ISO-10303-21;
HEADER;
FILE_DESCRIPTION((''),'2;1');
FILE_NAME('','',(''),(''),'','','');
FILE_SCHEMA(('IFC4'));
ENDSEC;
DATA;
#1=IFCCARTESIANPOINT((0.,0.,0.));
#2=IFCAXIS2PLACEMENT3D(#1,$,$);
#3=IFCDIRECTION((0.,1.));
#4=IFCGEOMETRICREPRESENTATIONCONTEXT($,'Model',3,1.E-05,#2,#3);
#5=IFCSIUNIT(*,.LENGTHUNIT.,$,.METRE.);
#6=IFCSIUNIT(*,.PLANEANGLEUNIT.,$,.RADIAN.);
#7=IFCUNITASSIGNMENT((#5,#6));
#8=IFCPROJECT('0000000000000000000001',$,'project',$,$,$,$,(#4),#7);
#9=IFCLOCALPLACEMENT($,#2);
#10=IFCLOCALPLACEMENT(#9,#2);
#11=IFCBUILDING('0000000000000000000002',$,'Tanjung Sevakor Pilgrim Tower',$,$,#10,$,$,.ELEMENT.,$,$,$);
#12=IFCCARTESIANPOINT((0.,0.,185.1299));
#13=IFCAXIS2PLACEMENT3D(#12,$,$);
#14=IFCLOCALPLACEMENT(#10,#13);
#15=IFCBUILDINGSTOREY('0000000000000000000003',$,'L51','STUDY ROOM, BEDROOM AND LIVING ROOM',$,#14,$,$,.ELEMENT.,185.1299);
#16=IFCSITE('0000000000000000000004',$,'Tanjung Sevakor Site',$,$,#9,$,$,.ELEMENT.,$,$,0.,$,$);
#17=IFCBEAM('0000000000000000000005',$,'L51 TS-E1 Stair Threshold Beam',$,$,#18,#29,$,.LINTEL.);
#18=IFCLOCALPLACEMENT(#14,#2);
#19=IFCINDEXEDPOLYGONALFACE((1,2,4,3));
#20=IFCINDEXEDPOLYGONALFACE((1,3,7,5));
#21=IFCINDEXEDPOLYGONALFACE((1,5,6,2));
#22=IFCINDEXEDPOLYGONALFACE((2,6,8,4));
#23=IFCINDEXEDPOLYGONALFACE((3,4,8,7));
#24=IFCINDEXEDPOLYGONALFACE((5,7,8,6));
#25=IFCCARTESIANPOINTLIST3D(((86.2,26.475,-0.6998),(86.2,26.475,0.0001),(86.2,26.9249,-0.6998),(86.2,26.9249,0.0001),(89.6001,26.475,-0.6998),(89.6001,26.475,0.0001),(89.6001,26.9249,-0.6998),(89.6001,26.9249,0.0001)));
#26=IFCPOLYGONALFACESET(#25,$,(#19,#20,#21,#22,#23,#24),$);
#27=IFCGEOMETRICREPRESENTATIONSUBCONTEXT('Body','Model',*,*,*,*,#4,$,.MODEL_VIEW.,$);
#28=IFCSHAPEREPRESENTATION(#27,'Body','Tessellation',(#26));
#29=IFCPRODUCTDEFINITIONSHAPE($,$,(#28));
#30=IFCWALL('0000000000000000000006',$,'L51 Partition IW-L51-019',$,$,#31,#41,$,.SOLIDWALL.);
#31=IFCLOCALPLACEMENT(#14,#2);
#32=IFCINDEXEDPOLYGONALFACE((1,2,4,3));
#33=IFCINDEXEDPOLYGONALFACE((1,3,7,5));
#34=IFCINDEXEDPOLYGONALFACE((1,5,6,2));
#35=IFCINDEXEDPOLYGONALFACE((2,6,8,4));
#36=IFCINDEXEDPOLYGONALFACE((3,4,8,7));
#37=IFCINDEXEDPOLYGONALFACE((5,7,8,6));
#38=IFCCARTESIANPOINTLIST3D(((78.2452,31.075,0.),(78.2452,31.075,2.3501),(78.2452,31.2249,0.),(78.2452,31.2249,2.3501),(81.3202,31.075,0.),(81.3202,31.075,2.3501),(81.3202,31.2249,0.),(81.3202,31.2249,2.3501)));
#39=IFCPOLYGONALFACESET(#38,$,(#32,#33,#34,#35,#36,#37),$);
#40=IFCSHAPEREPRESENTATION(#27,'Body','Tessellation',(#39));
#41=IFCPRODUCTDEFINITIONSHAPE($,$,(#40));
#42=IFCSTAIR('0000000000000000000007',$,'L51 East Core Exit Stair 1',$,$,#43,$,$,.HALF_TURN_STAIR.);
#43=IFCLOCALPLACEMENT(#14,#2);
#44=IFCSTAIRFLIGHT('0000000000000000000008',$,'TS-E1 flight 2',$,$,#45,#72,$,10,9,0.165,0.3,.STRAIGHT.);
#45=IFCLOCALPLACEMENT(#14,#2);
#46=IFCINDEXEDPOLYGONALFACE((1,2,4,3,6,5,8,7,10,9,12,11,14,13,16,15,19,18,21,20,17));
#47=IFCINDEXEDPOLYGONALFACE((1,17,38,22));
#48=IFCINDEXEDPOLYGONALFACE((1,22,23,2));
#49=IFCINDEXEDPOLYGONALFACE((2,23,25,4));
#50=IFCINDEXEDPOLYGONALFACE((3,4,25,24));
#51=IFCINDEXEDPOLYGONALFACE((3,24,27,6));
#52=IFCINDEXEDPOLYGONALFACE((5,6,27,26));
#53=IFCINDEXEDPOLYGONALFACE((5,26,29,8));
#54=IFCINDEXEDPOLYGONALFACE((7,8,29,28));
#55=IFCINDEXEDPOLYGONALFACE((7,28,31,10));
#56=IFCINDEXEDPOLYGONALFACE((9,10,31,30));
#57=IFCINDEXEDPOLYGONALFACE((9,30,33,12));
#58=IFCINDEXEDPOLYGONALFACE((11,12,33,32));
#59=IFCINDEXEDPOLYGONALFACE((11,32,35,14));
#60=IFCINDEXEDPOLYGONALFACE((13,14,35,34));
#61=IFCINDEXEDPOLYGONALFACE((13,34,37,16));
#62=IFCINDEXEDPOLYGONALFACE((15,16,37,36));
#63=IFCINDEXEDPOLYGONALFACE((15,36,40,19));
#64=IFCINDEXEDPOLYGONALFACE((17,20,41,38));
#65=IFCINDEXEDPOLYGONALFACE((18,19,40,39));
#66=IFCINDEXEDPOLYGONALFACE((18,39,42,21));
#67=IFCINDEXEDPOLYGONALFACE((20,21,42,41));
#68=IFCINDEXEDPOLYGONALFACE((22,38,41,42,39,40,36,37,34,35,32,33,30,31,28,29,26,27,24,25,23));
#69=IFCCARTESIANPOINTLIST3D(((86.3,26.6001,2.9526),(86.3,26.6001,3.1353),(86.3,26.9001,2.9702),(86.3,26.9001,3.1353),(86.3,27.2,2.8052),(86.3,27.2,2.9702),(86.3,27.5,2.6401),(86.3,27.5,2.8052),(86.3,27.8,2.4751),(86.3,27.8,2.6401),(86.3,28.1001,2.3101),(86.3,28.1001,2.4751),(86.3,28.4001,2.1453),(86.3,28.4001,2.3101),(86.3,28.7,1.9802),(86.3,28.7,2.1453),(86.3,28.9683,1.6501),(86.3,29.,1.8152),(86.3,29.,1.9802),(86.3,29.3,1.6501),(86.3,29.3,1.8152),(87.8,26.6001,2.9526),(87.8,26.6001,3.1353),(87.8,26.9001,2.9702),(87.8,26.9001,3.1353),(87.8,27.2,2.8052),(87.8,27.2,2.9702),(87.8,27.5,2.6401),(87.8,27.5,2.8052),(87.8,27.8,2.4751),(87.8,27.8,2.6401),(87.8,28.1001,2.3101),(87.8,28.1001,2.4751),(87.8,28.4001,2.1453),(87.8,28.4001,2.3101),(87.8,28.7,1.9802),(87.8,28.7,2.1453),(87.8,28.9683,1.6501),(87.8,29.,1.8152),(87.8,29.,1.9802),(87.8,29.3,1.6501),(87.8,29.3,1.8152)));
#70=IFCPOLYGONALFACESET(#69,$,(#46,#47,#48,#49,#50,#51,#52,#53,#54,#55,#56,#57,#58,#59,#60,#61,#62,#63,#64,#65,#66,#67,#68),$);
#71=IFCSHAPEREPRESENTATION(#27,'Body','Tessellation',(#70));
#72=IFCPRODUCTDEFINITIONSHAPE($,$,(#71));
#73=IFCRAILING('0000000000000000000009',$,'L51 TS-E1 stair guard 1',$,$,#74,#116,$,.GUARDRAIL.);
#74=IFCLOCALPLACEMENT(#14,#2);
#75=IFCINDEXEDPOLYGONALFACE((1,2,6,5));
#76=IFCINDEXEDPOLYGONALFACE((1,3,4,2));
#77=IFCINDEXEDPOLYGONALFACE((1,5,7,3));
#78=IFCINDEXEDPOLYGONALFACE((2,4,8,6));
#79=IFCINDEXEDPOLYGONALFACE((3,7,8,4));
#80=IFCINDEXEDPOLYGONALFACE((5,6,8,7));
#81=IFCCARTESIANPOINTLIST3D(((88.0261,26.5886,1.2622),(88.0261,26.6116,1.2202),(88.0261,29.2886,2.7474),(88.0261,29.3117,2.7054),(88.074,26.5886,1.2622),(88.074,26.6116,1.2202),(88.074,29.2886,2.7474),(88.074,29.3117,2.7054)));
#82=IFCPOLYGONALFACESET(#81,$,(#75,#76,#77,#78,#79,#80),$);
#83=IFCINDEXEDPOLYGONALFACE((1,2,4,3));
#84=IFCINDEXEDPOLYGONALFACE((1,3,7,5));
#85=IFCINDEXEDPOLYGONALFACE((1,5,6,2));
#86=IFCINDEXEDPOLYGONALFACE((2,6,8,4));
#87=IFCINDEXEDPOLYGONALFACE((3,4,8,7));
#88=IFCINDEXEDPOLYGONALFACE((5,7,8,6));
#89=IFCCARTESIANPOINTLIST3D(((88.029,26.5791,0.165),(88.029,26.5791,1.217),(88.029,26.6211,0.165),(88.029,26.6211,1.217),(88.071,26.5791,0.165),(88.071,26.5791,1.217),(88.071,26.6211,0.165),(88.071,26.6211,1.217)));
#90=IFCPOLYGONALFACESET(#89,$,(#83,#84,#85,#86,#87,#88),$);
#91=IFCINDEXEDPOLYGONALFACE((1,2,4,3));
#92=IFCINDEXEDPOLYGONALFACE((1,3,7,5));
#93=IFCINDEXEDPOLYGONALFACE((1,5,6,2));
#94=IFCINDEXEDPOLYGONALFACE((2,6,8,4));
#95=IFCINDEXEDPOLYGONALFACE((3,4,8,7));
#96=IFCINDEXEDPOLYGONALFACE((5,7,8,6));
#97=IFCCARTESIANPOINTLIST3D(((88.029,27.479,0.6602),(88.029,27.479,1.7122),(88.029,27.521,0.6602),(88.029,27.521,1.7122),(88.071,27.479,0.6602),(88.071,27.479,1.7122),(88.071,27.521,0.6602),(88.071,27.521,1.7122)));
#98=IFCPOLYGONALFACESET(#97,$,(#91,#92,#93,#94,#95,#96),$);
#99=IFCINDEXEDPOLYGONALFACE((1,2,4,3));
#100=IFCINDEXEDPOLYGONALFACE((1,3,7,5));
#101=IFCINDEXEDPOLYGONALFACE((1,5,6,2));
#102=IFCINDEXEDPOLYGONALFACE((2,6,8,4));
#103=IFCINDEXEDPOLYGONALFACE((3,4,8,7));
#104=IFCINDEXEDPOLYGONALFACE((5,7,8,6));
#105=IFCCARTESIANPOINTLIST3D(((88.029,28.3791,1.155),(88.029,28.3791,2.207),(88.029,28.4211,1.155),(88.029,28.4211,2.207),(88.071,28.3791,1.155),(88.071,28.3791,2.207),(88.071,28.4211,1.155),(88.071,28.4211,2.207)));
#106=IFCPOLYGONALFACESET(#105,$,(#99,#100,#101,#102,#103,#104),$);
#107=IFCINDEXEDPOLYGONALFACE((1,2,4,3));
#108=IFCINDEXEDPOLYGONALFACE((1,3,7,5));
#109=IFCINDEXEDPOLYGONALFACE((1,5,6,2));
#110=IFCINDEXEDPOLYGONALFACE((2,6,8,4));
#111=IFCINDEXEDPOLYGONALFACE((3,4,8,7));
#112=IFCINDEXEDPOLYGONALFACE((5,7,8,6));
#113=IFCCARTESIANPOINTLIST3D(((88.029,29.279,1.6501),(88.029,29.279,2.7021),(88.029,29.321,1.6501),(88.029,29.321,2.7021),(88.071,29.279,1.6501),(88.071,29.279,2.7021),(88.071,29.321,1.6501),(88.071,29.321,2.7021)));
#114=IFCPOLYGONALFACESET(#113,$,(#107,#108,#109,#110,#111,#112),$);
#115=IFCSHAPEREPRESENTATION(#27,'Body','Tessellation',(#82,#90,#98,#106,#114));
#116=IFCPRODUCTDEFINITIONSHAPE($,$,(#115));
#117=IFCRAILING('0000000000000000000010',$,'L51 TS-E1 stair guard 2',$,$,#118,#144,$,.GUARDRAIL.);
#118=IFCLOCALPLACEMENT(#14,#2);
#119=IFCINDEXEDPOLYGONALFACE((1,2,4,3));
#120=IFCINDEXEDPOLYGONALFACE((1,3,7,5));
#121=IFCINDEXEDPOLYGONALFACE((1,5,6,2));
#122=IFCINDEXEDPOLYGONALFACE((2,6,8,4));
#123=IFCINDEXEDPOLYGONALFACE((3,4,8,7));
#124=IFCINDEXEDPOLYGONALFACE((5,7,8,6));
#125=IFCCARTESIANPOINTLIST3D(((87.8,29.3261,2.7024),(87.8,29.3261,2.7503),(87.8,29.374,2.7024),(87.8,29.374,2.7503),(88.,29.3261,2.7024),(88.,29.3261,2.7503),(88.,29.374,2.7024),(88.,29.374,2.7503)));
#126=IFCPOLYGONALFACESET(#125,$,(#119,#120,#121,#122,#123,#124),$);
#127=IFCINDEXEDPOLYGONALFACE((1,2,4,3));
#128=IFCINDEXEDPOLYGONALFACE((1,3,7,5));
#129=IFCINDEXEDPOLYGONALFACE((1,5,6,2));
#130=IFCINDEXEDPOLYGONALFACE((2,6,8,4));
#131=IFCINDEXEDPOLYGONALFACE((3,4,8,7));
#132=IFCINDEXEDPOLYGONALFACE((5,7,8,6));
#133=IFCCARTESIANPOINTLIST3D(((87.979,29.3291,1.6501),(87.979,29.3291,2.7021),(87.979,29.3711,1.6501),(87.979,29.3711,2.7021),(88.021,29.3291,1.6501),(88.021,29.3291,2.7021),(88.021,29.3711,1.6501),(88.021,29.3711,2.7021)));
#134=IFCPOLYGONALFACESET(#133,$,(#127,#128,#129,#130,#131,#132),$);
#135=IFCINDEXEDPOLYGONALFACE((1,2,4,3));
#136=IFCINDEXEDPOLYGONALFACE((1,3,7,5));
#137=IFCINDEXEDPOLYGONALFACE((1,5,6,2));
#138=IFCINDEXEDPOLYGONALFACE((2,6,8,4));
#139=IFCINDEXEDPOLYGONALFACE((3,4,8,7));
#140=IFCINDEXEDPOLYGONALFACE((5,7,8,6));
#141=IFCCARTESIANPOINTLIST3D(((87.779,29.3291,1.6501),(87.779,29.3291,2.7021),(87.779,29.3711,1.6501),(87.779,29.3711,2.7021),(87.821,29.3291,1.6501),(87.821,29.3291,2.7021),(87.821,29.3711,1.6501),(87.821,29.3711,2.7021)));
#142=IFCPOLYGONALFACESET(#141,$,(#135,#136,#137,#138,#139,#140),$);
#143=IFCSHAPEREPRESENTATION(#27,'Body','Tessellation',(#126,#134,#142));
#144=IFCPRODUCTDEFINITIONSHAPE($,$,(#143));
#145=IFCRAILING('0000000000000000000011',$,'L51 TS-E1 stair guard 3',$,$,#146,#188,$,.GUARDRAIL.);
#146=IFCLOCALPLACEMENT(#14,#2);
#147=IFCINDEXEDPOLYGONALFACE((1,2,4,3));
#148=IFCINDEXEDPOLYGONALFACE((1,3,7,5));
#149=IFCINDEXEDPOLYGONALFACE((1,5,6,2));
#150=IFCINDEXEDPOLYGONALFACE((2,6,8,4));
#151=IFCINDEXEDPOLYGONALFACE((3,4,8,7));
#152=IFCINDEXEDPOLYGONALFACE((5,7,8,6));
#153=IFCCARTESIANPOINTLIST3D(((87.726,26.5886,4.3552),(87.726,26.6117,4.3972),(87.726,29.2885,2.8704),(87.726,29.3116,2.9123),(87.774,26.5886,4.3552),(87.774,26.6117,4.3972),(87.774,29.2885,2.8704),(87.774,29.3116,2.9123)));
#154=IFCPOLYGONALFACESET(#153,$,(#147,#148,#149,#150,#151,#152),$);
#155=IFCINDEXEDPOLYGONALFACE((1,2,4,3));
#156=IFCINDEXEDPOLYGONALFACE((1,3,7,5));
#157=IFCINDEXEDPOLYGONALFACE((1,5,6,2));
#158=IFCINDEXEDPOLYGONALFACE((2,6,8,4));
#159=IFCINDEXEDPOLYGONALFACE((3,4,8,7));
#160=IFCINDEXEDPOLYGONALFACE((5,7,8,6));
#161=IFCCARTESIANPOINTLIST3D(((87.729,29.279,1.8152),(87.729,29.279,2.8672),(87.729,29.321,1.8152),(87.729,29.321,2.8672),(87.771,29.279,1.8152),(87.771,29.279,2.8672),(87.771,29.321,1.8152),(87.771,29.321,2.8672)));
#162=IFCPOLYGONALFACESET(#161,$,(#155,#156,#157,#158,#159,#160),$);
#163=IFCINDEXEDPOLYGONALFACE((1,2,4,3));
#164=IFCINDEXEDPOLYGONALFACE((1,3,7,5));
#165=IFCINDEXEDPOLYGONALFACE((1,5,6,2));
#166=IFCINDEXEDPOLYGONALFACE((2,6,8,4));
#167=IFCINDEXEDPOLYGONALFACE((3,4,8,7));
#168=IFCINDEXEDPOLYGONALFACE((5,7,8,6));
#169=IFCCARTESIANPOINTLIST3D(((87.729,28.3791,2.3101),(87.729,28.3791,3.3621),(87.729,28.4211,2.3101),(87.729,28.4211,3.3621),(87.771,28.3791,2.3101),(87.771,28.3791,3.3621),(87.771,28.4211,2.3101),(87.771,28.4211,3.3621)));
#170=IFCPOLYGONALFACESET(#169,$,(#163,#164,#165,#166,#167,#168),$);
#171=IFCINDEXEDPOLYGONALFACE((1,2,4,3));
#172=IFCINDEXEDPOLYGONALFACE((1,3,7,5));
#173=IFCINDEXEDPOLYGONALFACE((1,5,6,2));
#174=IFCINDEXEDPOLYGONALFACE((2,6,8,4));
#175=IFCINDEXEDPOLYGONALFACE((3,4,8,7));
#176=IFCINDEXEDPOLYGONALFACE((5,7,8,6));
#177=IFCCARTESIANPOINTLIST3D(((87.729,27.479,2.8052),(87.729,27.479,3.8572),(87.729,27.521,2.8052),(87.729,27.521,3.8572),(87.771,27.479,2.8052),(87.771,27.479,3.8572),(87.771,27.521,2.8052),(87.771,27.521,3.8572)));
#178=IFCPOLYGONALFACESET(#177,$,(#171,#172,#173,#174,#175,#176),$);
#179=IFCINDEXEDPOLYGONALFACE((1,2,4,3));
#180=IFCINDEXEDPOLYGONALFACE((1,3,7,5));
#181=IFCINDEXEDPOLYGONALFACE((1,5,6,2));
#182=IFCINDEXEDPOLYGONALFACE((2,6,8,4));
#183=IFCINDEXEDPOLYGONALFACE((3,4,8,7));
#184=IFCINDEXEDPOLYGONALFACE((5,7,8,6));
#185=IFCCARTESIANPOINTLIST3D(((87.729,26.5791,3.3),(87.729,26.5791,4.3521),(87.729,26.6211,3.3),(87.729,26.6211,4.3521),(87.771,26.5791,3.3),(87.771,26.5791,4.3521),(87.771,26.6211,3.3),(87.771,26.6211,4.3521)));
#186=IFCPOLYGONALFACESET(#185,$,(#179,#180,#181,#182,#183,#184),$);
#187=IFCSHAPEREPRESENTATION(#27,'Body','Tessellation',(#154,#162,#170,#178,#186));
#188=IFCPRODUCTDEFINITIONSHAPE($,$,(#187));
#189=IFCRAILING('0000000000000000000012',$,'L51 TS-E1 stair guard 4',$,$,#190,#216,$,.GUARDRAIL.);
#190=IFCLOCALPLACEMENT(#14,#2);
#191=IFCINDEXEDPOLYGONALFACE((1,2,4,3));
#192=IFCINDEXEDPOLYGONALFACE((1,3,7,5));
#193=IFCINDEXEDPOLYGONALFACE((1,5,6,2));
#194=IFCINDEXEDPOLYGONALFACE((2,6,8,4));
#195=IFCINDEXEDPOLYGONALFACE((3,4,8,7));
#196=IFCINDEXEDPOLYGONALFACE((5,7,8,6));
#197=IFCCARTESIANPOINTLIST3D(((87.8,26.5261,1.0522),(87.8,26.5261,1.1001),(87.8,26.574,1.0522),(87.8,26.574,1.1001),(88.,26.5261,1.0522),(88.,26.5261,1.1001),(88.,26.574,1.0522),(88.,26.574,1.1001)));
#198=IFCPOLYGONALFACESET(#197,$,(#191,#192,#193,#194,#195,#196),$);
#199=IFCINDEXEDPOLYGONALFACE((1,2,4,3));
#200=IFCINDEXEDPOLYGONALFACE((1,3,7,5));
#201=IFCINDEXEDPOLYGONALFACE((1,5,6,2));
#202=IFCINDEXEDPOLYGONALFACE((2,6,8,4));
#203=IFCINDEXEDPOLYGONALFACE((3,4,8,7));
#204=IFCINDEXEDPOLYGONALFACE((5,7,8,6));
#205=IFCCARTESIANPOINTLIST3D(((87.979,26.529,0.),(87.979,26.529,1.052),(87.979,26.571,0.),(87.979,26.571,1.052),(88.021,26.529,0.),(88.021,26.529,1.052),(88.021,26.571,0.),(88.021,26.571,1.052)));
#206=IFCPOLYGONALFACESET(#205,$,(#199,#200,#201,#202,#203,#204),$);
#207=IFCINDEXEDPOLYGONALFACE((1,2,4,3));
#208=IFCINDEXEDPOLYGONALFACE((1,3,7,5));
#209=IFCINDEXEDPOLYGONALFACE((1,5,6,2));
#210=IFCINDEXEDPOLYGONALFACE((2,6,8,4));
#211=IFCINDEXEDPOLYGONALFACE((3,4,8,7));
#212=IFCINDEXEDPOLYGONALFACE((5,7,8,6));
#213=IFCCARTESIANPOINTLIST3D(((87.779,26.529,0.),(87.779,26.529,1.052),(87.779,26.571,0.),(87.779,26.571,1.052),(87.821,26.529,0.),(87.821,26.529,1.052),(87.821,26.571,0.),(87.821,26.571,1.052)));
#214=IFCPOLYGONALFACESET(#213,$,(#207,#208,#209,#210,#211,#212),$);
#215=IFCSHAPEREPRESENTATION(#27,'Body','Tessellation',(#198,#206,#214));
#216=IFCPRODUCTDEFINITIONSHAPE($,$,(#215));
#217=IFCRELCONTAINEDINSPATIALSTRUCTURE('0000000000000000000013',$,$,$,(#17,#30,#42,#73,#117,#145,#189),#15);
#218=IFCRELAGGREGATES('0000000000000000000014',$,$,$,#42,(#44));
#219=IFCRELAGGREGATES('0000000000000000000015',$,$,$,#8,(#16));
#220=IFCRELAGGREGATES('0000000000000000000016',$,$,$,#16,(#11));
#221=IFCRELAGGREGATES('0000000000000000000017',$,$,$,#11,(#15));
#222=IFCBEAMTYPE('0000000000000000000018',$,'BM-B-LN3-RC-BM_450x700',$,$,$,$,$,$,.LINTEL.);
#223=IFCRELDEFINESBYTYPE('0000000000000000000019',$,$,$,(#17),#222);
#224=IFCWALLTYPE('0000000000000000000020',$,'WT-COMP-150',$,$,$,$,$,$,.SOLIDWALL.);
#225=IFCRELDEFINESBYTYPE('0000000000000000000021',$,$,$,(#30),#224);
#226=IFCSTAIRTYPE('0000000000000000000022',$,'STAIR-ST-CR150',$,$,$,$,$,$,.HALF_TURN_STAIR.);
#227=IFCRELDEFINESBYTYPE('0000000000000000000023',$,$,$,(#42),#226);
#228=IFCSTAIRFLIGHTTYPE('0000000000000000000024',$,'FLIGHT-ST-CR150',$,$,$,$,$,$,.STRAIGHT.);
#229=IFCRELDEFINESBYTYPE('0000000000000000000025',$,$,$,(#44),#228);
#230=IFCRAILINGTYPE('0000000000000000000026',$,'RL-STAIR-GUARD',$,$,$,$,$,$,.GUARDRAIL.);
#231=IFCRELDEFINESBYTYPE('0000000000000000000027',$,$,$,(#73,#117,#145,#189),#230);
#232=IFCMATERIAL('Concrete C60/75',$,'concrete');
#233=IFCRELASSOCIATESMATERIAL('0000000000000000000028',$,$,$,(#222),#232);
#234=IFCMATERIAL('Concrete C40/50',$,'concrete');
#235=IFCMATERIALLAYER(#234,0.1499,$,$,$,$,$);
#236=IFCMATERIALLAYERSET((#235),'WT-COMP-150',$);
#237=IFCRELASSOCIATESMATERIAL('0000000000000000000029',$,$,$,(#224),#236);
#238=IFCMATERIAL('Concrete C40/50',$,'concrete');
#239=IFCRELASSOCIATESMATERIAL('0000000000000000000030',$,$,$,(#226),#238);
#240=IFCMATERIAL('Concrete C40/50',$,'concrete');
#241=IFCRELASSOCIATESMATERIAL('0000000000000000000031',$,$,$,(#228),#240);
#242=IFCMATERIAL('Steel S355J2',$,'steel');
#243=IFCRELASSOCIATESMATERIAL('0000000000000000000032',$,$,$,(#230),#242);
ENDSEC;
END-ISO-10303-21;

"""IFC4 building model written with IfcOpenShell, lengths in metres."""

from ifc_helpers import new_model, si_unit, direction, frame, frame_2d, origin, origin_2d, place, context, subcontext, project, spatial, polyline, rectangle, outline, extrude, material, layer, layer_set, material_profile, profile_set, type_object, element, aggregate, save


model = new_model("IFC4")

# Units and contexts
model_context = context("Model", 3, precision=1e-05, world=origin(), true_north=direction((0.0, 1.0)))
body_context = subcontext(model_context, "Body", "Model", "MODEL_VIEW")
ifc_project = project(units=[si_unit("LENGTHUNIT", "METRE"), si_unit("PLANEANGLEUNIT", "RADIAN")], contexts=[model_context])

# Site, building, storey
site_placement = place(None, origin())
site = spatial("IfcSite", under=ifc_project, at=site_placement, Name="Tanjung Sevakor Site", CompositionType="ELEMENT", RefElevation=0.0)
building_placement = place(site_placement, origin())
building = spatial("IfcBuilding", under=site, at=building_placement, Name="Tanjung Sevakor Pilgrim Tower", CompositionType="ELEMENT")
storey_placement = place(building_placement, frame((0.0, 0.0, 185.1299)))
storey = spatial("IfcBuildingStorey", under=building, at=storey_placement, Name="L51", Description="STUDY ROOM, BEDROOM AND LIVING ROOM", CompositionType="ELEMENT", Elevation=185.1299)

# Beam
ifc_material_1 = material(Name="Concrete C60/75", Category="concrete")
ifc_material_profile = material_profile(ifc_material_1, rectangle(XDim=0.45, YDim=0.7, at=origin_2d()))
ifc_profile_set = profile_set([ifc_material_profile], Name="Concrete C60/75")
beam_type = type_object("IfcBeamType", Name="BM-B-LN3-RC-BM_450x700", PredefinedType="LINTEL", material=ifc_profile_set)
beam_placement = place(storey_placement, frame((86.2, 26.7, -0.3499), z_axis=(1.0, 0.0, 0.0), x_axis=(0.0, 1.0, 0.0)))
element("IfcBeam", 1, at=beam_placement, inside=storey, type_object=beam_type, Name="L51 TS-E1 Stair Threshold Beam", PredefinedType="LINTEL", context=body_context, shape_type="SweptSolid", body=[
    extrude(rectangle(XDim=0.45, YDim=0.7, at=origin_2d()), origin(), (0.0, 0.0, 1.0), 3.4001),
])

# Shared definitions
ifc_material_2 = material(Name="Concrete C40/50", Category="concrete")
ifc_layer_1 = layer(ifc_material_2, 0.1499)
ifc_layer_set_1 = layer_set([ifc_layer_1], Name="WT-COMP-150")
wall_type_1 = type_object("IfcWallType", Name="WT-COMP-150", PredefinedType="SOLIDWALL", material=ifc_layer_set_1)

# Wall
wall_1_placement = place(storey_placement, frame((78.2451, 31.1499, 0.0), z_axis=(0.0, 0.0, 1.0), x_axis=(1.0, 0.0, 0.0)))
element("IfcWall", 2, at=wall_1_placement, inside=storey, type_object=wall_type_1, Name="L51 Partition IW-L51-019", PredefinedType="SOLIDWALL", context=body_context, shape_type="SweptSolid", body=[
    extrude(rectangle(XDim=3.075, YDim=0.1499, at=frame_2d((1.5376, 0.0))), origin(), (0.0, 0.0, 1.0), 2.3501),
])

# Stair, stair flight
ifc_material_3 = material(Name="Concrete C40/50", Category="concrete")
stair_type = type_object("IfcStairType", Name="STAIR-ST-CR150", PredefinedType="HALF_TURN_STAIR", material=ifc_material_3)
stair_placement = place(storey_placement, origin())
stair = element("IfcStair", 3, at=stair_placement, inside=storey, type_object=stair_type, Name="L51 East Core Exit Stair 1", PredefinedType="HALF_TURN_STAIR")
ifc_material_4 = material(Name="Concrete C40/50", Category="concrete")
stair_flight_type = type_object("IfcStairFlightType", Name="FLIGHT-ST-CR150", PredefinedType="STRAIGHT", material=ifc_material_4)
stair_flight_placement = place(storey_placement, frame((87.05, 29.3, 1.6501), z_axis=(0.0, 0.0, 1.0), x_axis=(0.0, -1.0, 0.0)))
stair_flight = element("IfcStairFlight", 4, at=stair_flight_placement, type_object=stair_flight_type, Name="TS-E1 flight 2", NumberOfRisers=10, NumberOfTreads=9, PredefinedType="STRAIGHT", RiserHeight=0.165, TreadLength=0.3, context=body_context, shape_type="SweptSolid", body=[
    extrude(outline(polyline([(0.0, 0.0), (0.0, 0.165), (0.3, 0.165), (0.3, 0.3301), (0.6001, 0.3301), (0.6001, 0.4951), (0.8999, 0.4951), (0.8999, 0.6599), (1.2, 0.6599), (1.2, 0.825), (1.5, 0.825), (1.5, 0.99), (1.8, 0.99), (1.8, 1.155), (2.1001, 1.155), (2.1001, 1.3201), (2.3999, 1.3201), (2.3999, 1.4851), (2.7, 1.4851), (2.7, 1.6499), (2.7, 1.3025), (0.3318, 0.0), (0.0, 0.0)])), frame((0.0, 0.75, 0.0), z_axis=(0.0, -1.0, 0.0), x_axis=(1.0, 0.0, 0.0)), (0.0, 0.0, 1.0), 1.5),
])
aggregate(stair, [stair_flight])

# Railings
ifc_material_5 = material(Name="Steel S355J2", Category="steel")
railing_type_1 = type_object("IfcRailingType", Name="RL-STAIR-GUARD", PredefinedType="GUARDRAIL", material=ifc_material_5)
railing_1_placement = place(storey_placement, frame((88.05, 26.6001, 0.165)))
element("IfcRailing", 5, at=railing_1_placement, inside=storey, type_object=railing_type_1, Name="L51 TS-E1 stair guard 1", PredefinedType="GUARDRAIL", context=body_context, shape_type="SweptSolid", body=[
    extrude(rectangle(XDim=0.0479, YDim=0.0479), frame((0.0, 0.0, 1.0762), z_axis=(0.0, 0.876198, 0.481952), x_axis=(-1.0, 0.0, 0.0)), (0.0, 0.0, 1.0), 3.0815),
    extrude(rectangle(XDim=0.042, YDim=0.042), origin(), (0.0, 0.0, 1.0), 1.052),
    extrude(rectangle(XDim=0.042, YDim=0.042), frame((0.0, 0.8999, 0.4951)), (0.0, 0.0, 1.0), 1.052),
    extrude(rectangle(XDim=0.042, YDim=0.042), frame((0.0, 1.8, 0.99)), (0.0, 0.0, 1.0), 1.052),
    extrude(rectangle(XDim=0.042, YDim=0.042), frame((0.0, 2.7, 1.4851)), (0.0, 0.0, 1.0), 1.052),
])
railing_2_placement = place(storey_placement, frame((88.0, 29.3501, 1.6501)))
element("IfcRailing", 6, at=railing_2_placement, inside=storey, type_object=railing_type_1, Name="L51 TS-E1 stair guard 2", PredefinedType="GUARDRAIL", context=body_context, shape_type="SweptSolid", body=[
    extrude(rectangle(XDim=0.0479, YDim=0.0479), frame((0.0, 0.0, 1.0762), z_axis=(-1.0, 0.0, 0.0), x_axis=(0.0, -1.0, 0.0)), (0.0, 0.0, 1.0), 0.2),
    extrude(rectangle(XDim=0.042, YDim=0.042), origin(), (0.0, 0.0, 1.0), 1.052),
    extrude(rectangle(XDim=0.042, YDim=0.042), frame((-0.2, 0.0, 0.0)), (0.0, 0.0, 1.0), 1.052),
])
railing_3_placement = place(storey_placement, frame((87.75, 29.3, 1.8152)))
element("IfcRailing", 7, at=railing_3_placement, inside=storey, type_object=railing_type_1, Name="L51 TS-E1 stair guard 3", PredefinedType="GUARDRAIL", context=body_context, shape_type="SweptSolid", body=[
    extrude(rectangle(XDim=0.0479, YDim=0.0479), frame((0.0, 0.0, 1.0762), z_axis=(0.0, -0.876231, 0.481891), x_axis=(1.0, 0.0, 0.0)), (0.0, 0.0, 1.0), 3.0813),
    extrude(rectangle(XDim=0.042, YDim=0.042), origin(), (0.0, 0.0, 1.0), 1.052),
    extrude(rectangle(XDim=0.042, YDim=0.042), frame((0.0, -0.8999, 0.4949)), (0.0, 0.0, 1.0), 1.052),
    extrude(rectangle(XDim=0.042, YDim=0.042), frame((0.0, -1.8, 0.99)), (0.0, 0.0, 1.0), 1.052),
    extrude(rectangle(XDim=0.042, YDim=0.042), frame((0.0, -2.7, 1.4849)), (0.0, 0.0, 1.0), 1.052),
])
railing_4_placement = place(storey_placement, frame((88.0, 26.55, 0.0)))
element("IfcRailing", 8, at=railing_4_placement, inside=storey, type_object=railing_type_1, Name="L51 TS-E1 stair guard 4", PredefinedType="GUARDRAIL", context=body_context, shape_type="SweptSolid", body=[
    extrude(rectangle(XDim=0.0479, YDim=0.0479), frame((0.0, 0.0, 1.0762), z_axis=(-1.0, 0.0, 0.0), x_axis=(0.0, -1.0, 0.0)), (0.0, 0.0, 1.0), 0.2),
    extrude(rectangle(XDim=0.042, YDim=0.042), origin(), (0.0, 0.0, 1.0), 1.052),
    extrude(rectangle(XDim=0.042, YDim=0.042), frame((-0.2, 0.0, 0.0)), (0.0, 0.0, 1.0), 1.052),
])

save(model, "model.ifc")
